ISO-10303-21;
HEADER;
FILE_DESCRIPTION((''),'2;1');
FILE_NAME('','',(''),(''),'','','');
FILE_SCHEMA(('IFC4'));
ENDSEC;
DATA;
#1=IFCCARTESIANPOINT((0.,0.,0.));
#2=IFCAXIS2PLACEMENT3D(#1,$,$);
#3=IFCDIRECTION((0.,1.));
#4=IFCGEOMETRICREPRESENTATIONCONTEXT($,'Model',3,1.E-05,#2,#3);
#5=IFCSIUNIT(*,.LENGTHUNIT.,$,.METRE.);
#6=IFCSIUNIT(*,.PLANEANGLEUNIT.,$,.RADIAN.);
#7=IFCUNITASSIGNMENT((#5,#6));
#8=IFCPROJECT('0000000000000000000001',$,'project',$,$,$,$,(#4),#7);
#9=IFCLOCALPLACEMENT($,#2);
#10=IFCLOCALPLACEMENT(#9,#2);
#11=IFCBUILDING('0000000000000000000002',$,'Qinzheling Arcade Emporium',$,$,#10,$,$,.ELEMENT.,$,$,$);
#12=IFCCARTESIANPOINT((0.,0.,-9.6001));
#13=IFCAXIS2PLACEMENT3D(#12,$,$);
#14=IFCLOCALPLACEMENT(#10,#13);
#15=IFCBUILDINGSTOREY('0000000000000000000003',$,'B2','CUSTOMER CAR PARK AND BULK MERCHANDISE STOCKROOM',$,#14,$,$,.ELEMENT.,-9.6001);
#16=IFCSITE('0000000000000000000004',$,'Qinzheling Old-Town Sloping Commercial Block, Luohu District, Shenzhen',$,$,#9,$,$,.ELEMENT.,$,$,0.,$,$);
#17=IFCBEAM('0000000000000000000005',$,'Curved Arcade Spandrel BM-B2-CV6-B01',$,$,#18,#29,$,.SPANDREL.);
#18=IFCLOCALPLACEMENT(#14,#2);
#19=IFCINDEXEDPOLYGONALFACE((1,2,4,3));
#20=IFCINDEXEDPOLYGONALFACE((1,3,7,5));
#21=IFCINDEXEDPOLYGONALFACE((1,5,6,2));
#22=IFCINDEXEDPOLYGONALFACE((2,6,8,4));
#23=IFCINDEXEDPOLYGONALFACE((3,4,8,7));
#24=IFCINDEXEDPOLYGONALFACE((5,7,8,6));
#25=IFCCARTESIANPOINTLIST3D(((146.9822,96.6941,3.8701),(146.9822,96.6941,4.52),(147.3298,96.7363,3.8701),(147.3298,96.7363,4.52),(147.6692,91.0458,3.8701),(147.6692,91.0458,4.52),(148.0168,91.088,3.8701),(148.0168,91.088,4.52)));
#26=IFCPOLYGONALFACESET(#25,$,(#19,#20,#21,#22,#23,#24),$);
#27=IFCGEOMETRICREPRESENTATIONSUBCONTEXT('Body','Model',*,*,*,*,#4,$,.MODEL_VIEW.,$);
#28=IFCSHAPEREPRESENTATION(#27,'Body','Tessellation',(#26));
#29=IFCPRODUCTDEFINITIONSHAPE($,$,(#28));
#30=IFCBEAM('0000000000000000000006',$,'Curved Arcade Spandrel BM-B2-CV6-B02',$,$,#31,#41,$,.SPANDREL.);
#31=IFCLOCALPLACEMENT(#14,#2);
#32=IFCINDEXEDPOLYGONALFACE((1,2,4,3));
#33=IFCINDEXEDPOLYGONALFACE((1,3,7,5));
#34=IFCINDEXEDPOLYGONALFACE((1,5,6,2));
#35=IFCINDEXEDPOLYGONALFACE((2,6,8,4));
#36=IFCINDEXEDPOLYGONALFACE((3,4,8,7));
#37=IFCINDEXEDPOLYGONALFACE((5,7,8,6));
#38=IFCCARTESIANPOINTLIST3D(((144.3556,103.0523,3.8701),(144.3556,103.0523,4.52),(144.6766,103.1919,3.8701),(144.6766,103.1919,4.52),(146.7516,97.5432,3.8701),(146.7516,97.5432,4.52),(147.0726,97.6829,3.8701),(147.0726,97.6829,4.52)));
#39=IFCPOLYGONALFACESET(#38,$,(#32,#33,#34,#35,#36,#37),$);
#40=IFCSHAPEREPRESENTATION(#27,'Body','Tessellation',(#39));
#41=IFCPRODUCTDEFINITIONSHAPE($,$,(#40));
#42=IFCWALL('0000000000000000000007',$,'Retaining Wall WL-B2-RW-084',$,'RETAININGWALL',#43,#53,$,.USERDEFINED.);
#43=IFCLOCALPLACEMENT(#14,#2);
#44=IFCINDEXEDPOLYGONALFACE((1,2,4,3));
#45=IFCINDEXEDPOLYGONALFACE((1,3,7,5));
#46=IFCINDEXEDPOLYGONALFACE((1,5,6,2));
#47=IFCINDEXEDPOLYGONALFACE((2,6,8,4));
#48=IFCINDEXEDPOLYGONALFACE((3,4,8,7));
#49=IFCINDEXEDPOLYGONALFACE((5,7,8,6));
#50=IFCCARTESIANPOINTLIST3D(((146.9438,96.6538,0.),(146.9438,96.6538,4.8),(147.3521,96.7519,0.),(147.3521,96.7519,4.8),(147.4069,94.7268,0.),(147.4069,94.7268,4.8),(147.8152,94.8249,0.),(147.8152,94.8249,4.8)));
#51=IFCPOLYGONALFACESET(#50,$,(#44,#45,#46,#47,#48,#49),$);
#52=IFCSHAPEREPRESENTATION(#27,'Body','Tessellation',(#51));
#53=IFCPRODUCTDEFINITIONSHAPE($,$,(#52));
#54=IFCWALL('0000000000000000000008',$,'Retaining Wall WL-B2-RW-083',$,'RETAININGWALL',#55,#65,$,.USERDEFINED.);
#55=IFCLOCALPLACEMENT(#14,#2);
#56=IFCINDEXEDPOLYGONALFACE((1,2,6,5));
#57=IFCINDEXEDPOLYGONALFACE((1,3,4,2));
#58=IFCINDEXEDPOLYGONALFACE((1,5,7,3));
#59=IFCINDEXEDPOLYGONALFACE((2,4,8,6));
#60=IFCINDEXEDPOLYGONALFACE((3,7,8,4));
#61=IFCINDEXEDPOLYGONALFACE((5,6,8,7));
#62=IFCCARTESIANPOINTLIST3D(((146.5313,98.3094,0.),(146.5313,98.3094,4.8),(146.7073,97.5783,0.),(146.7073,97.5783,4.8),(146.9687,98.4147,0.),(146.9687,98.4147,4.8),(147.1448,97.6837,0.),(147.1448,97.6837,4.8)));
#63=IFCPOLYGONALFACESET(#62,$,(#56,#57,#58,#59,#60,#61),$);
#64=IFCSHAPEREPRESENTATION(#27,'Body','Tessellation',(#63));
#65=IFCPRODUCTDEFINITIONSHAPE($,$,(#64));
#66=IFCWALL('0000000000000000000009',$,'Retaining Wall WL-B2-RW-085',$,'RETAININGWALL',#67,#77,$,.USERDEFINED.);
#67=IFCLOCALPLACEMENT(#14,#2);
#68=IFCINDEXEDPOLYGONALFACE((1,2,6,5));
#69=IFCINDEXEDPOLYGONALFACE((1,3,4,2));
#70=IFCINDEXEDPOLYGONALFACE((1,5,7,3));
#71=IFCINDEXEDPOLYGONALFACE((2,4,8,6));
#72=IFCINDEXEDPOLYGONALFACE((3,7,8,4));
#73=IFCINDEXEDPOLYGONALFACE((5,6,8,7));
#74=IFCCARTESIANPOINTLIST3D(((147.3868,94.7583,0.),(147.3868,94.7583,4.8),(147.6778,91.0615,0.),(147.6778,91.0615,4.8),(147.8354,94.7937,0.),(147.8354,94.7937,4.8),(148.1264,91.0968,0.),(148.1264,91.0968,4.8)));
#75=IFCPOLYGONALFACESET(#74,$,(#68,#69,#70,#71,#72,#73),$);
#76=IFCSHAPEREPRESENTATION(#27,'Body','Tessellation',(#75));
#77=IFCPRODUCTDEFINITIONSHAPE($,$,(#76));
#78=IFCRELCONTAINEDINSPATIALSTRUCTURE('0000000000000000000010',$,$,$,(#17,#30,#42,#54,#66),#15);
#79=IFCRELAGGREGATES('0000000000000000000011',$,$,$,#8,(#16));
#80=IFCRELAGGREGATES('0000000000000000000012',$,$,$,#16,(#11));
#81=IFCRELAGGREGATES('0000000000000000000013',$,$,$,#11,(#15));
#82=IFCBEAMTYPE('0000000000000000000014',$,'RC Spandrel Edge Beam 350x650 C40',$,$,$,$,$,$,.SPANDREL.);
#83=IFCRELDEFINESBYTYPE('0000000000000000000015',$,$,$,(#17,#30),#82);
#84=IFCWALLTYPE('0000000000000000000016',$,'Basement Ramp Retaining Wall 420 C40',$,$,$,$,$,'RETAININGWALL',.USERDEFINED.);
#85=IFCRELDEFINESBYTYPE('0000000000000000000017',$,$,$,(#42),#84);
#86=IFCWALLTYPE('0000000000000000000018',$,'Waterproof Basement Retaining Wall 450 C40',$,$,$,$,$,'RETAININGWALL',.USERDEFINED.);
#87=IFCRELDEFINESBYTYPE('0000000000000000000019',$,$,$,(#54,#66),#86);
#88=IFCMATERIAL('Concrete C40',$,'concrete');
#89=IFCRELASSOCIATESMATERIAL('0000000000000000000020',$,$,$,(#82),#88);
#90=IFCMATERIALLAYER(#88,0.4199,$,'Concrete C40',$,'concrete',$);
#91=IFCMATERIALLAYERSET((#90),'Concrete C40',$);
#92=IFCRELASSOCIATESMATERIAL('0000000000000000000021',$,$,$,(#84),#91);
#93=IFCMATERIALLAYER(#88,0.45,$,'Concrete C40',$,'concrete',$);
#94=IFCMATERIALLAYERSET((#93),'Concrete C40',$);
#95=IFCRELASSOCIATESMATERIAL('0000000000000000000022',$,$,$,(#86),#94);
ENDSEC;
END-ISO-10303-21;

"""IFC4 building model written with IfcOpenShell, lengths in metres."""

from ifc_helpers import new_model, si_unit, direction, frame, frame_2d, origin, origin_2d, place, context, subcontext, project, spatial, rectangle, extrude, material, layer, layer_set, material_profile, profile_set, type_object, element, save


model = new_model("IFC4")

# Units and contexts
model_context = context("Model", 3, precision=1e-05, world=origin(), true_north=direction((0.0, 1.0)))
body_context = subcontext(model_context, "Body", "Model", "MODEL_VIEW")
ifc_project = project(units=[si_unit("LENGTHUNIT", "METRE"), si_unit("PLANEANGLEUNIT", "RADIAN")], contexts=[model_context])

# Site, building, storey
site_placement = place(None, origin())
site = spatial("IfcSite", under=ifc_project, at=site_placement, Name="Qinzheling Old-Town Sloping Commercial Block, Luohu District, Shenzhen", CompositionType="ELEMENT", RefElevation=0.0)
building_placement = place(site_placement, origin())
building = spatial("IfcBuilding", under=site, at=building_placement, Name="Qinzheling Arcade Emporium", CompositionType="ELEMENT")
storey_placement = place(building_placement, frame((0.0, 0.0, -9.6001)))
storey = spatial("IfcBuildingStorey", under=building, at=storey_placement, Name="B2", Description="CUSTOMER CAR PARK AND BULK MERCHANDISE STOCKROOM", CompositionType="ELEMENT", Elevation=-9.6001)

# Shared definitions
ifc_material_1 = material(Name="Concrete C40", Category="concrete")

# Beams
ifc_material_profile_1 = material_profile(ifc_material_1, rectangle(XDim=0.3501, YDim=0.6499, at=origin_2d()), Name="RC 350x650", Category="concrete")
ifc_profile_set_1 = profile_set([ifc_material_profile_1], Name="Concrete C40")
beam_type_1 = type_object("IfcBeamType", Name="RC Spandrel Edge Beam 350x650 C40", PredefinedType="SPANDREL", material=ifc_profile_set_1)
beam_1_placement = place(storey_placement, frame((147.843, 91.0669, 4.1951), z_axis=(-0.120744, 0.992684, 0.0), x_axis=(-0.992684, -0.120744, 0.0)))
element("IfcBeam", 1, at=beam_1_placement, inside=storey, type_object=beam_type_1, Name="Curved Arcade Spandrel BM-B2-CV6-B01", PredefinedType="SPANDREL", context=body_context, shape_type="SweptSolid", body=[
    extrude(rectangle(XDim=0.3501, YDim=0.6499, at=origin_2d()), origin(), (0.0, 0.0, 1.0), 5.6899),
])
beam_2_placement = place(storey_placement, frame((146.9121, 97.613, 4.1951), z_axis=(-0.398833, 0.917024, 0.0), x_axis=(-0.917024, -0.398833, 0.0)))
element("IfcBeam", 2, at=beam_2_placement, inside=storey, type_object=beam_type_1, Name="Curved Arcade Spandrel BM-B2-CV6-B02", PredefinedType="SPANDREL", context=body_context, shape_type="SweptSolid", body=[
    extrude(rectangle(XDim=0.3501, YDim=0.6499, at=origin_2d()), origin(), (0.0, 0.0, 1.0), 6.0076),
])

# Walls
ifc_layer_1 = layer(ifc_material_1, 0.4199, Name="Concrete C40", Category="concrete")
ifc_layer_set_1 = layer_set([ifc_layer_1], Name="Concrete C40")
wall_type_1 = type_object("IfcWallType", Name="Basement Ramp Retaining Wall 420 C40", ElementType="RETAININGWALL", PredefinedType="USERDEFINED", material=ifc_layer_set_1)
wall_1_placement = place(storey_placement, frame((147.1479, 96.7029, 0.0), z_axis=(0.0, 0.0, 1.0), x_axis=(0.233685, -0.972312, 0.0)))
element("IfcWall", 3, at=wall_1_placement, inside=storey, type_object=wall_type_1, Name="Retaining Wall WL-B2-RW-084", ObjectType="RETAININGWALL", PredefinedType="USERDEFINED", context=body_context, shape_type="SweptSolid", body=[
    extrude(rectangle(XDim=1.9819, YDim=0.4199, at=frame_2d((0.991, 0.0))), origin(), (0.0, 0.0, 1.0), 4.8),
])
ifc_layer_2 = layer(ifc_material_1, 0.45, Name="Concrete C40", Category="concrete")
ifc_layer_set_2 = layer_set([ifc_layer_2], Name="Concrete C40")
wall_type_2 = type_object("IfcWallType", Name="Waterproof Basement Retaining Wall 450 C40", ElementType="RETAININGWALL", PredefinedType="USERDEFINED", material=ifc_layer_set_2)
wall_2_placement = place(storey_placement, frame((146.75, 98.3621, 0.0), z_axis=(0.0, 0.0, 1.0), x_axis=(0.234122, -0.972207, 0.0)))
element("IfcWall", 4, at=wall_2_placement, inside=storey, type_object=wall_type_2, Name="Retaining Wall WL-B2-RW-083", ObjectType="RETAININGWALL", PredefinedType="USERDEFINED", context=body_context, shape_type="SweptSolid", body=[
    extrude(rectangle(XDim=0.752, YDim=0.45, at=frame_2d((0.376, 0.0))), origin(), (0.0, 0.0, 1.0), 4.8),
])
wall_3_placement = place(storey_placement, frame((147.6111, 94.7759, 0.0), z_axis=(0.0, 0.0, 1.0), x_axis=(0.078479, -0.996916, 0.0)))
element("IfcWall", 5, at=wall_3_placement, inside=storey, type_object=wall_type_2, Name="Retaining Wall WL-B2-RW-085", ObjectType="RETAININGWALL", PredefinedType="USERDEFINED", context=body_context, shape_type="SweptSolid", body=[
    extrude(rectangle(XDim=3.7083, YDim=0.45, at=frame_2d((1.854, 0.0))), origin(), (0.0, 0.0, 1.0), 4.8),
])

save(model, "model.ifc")
